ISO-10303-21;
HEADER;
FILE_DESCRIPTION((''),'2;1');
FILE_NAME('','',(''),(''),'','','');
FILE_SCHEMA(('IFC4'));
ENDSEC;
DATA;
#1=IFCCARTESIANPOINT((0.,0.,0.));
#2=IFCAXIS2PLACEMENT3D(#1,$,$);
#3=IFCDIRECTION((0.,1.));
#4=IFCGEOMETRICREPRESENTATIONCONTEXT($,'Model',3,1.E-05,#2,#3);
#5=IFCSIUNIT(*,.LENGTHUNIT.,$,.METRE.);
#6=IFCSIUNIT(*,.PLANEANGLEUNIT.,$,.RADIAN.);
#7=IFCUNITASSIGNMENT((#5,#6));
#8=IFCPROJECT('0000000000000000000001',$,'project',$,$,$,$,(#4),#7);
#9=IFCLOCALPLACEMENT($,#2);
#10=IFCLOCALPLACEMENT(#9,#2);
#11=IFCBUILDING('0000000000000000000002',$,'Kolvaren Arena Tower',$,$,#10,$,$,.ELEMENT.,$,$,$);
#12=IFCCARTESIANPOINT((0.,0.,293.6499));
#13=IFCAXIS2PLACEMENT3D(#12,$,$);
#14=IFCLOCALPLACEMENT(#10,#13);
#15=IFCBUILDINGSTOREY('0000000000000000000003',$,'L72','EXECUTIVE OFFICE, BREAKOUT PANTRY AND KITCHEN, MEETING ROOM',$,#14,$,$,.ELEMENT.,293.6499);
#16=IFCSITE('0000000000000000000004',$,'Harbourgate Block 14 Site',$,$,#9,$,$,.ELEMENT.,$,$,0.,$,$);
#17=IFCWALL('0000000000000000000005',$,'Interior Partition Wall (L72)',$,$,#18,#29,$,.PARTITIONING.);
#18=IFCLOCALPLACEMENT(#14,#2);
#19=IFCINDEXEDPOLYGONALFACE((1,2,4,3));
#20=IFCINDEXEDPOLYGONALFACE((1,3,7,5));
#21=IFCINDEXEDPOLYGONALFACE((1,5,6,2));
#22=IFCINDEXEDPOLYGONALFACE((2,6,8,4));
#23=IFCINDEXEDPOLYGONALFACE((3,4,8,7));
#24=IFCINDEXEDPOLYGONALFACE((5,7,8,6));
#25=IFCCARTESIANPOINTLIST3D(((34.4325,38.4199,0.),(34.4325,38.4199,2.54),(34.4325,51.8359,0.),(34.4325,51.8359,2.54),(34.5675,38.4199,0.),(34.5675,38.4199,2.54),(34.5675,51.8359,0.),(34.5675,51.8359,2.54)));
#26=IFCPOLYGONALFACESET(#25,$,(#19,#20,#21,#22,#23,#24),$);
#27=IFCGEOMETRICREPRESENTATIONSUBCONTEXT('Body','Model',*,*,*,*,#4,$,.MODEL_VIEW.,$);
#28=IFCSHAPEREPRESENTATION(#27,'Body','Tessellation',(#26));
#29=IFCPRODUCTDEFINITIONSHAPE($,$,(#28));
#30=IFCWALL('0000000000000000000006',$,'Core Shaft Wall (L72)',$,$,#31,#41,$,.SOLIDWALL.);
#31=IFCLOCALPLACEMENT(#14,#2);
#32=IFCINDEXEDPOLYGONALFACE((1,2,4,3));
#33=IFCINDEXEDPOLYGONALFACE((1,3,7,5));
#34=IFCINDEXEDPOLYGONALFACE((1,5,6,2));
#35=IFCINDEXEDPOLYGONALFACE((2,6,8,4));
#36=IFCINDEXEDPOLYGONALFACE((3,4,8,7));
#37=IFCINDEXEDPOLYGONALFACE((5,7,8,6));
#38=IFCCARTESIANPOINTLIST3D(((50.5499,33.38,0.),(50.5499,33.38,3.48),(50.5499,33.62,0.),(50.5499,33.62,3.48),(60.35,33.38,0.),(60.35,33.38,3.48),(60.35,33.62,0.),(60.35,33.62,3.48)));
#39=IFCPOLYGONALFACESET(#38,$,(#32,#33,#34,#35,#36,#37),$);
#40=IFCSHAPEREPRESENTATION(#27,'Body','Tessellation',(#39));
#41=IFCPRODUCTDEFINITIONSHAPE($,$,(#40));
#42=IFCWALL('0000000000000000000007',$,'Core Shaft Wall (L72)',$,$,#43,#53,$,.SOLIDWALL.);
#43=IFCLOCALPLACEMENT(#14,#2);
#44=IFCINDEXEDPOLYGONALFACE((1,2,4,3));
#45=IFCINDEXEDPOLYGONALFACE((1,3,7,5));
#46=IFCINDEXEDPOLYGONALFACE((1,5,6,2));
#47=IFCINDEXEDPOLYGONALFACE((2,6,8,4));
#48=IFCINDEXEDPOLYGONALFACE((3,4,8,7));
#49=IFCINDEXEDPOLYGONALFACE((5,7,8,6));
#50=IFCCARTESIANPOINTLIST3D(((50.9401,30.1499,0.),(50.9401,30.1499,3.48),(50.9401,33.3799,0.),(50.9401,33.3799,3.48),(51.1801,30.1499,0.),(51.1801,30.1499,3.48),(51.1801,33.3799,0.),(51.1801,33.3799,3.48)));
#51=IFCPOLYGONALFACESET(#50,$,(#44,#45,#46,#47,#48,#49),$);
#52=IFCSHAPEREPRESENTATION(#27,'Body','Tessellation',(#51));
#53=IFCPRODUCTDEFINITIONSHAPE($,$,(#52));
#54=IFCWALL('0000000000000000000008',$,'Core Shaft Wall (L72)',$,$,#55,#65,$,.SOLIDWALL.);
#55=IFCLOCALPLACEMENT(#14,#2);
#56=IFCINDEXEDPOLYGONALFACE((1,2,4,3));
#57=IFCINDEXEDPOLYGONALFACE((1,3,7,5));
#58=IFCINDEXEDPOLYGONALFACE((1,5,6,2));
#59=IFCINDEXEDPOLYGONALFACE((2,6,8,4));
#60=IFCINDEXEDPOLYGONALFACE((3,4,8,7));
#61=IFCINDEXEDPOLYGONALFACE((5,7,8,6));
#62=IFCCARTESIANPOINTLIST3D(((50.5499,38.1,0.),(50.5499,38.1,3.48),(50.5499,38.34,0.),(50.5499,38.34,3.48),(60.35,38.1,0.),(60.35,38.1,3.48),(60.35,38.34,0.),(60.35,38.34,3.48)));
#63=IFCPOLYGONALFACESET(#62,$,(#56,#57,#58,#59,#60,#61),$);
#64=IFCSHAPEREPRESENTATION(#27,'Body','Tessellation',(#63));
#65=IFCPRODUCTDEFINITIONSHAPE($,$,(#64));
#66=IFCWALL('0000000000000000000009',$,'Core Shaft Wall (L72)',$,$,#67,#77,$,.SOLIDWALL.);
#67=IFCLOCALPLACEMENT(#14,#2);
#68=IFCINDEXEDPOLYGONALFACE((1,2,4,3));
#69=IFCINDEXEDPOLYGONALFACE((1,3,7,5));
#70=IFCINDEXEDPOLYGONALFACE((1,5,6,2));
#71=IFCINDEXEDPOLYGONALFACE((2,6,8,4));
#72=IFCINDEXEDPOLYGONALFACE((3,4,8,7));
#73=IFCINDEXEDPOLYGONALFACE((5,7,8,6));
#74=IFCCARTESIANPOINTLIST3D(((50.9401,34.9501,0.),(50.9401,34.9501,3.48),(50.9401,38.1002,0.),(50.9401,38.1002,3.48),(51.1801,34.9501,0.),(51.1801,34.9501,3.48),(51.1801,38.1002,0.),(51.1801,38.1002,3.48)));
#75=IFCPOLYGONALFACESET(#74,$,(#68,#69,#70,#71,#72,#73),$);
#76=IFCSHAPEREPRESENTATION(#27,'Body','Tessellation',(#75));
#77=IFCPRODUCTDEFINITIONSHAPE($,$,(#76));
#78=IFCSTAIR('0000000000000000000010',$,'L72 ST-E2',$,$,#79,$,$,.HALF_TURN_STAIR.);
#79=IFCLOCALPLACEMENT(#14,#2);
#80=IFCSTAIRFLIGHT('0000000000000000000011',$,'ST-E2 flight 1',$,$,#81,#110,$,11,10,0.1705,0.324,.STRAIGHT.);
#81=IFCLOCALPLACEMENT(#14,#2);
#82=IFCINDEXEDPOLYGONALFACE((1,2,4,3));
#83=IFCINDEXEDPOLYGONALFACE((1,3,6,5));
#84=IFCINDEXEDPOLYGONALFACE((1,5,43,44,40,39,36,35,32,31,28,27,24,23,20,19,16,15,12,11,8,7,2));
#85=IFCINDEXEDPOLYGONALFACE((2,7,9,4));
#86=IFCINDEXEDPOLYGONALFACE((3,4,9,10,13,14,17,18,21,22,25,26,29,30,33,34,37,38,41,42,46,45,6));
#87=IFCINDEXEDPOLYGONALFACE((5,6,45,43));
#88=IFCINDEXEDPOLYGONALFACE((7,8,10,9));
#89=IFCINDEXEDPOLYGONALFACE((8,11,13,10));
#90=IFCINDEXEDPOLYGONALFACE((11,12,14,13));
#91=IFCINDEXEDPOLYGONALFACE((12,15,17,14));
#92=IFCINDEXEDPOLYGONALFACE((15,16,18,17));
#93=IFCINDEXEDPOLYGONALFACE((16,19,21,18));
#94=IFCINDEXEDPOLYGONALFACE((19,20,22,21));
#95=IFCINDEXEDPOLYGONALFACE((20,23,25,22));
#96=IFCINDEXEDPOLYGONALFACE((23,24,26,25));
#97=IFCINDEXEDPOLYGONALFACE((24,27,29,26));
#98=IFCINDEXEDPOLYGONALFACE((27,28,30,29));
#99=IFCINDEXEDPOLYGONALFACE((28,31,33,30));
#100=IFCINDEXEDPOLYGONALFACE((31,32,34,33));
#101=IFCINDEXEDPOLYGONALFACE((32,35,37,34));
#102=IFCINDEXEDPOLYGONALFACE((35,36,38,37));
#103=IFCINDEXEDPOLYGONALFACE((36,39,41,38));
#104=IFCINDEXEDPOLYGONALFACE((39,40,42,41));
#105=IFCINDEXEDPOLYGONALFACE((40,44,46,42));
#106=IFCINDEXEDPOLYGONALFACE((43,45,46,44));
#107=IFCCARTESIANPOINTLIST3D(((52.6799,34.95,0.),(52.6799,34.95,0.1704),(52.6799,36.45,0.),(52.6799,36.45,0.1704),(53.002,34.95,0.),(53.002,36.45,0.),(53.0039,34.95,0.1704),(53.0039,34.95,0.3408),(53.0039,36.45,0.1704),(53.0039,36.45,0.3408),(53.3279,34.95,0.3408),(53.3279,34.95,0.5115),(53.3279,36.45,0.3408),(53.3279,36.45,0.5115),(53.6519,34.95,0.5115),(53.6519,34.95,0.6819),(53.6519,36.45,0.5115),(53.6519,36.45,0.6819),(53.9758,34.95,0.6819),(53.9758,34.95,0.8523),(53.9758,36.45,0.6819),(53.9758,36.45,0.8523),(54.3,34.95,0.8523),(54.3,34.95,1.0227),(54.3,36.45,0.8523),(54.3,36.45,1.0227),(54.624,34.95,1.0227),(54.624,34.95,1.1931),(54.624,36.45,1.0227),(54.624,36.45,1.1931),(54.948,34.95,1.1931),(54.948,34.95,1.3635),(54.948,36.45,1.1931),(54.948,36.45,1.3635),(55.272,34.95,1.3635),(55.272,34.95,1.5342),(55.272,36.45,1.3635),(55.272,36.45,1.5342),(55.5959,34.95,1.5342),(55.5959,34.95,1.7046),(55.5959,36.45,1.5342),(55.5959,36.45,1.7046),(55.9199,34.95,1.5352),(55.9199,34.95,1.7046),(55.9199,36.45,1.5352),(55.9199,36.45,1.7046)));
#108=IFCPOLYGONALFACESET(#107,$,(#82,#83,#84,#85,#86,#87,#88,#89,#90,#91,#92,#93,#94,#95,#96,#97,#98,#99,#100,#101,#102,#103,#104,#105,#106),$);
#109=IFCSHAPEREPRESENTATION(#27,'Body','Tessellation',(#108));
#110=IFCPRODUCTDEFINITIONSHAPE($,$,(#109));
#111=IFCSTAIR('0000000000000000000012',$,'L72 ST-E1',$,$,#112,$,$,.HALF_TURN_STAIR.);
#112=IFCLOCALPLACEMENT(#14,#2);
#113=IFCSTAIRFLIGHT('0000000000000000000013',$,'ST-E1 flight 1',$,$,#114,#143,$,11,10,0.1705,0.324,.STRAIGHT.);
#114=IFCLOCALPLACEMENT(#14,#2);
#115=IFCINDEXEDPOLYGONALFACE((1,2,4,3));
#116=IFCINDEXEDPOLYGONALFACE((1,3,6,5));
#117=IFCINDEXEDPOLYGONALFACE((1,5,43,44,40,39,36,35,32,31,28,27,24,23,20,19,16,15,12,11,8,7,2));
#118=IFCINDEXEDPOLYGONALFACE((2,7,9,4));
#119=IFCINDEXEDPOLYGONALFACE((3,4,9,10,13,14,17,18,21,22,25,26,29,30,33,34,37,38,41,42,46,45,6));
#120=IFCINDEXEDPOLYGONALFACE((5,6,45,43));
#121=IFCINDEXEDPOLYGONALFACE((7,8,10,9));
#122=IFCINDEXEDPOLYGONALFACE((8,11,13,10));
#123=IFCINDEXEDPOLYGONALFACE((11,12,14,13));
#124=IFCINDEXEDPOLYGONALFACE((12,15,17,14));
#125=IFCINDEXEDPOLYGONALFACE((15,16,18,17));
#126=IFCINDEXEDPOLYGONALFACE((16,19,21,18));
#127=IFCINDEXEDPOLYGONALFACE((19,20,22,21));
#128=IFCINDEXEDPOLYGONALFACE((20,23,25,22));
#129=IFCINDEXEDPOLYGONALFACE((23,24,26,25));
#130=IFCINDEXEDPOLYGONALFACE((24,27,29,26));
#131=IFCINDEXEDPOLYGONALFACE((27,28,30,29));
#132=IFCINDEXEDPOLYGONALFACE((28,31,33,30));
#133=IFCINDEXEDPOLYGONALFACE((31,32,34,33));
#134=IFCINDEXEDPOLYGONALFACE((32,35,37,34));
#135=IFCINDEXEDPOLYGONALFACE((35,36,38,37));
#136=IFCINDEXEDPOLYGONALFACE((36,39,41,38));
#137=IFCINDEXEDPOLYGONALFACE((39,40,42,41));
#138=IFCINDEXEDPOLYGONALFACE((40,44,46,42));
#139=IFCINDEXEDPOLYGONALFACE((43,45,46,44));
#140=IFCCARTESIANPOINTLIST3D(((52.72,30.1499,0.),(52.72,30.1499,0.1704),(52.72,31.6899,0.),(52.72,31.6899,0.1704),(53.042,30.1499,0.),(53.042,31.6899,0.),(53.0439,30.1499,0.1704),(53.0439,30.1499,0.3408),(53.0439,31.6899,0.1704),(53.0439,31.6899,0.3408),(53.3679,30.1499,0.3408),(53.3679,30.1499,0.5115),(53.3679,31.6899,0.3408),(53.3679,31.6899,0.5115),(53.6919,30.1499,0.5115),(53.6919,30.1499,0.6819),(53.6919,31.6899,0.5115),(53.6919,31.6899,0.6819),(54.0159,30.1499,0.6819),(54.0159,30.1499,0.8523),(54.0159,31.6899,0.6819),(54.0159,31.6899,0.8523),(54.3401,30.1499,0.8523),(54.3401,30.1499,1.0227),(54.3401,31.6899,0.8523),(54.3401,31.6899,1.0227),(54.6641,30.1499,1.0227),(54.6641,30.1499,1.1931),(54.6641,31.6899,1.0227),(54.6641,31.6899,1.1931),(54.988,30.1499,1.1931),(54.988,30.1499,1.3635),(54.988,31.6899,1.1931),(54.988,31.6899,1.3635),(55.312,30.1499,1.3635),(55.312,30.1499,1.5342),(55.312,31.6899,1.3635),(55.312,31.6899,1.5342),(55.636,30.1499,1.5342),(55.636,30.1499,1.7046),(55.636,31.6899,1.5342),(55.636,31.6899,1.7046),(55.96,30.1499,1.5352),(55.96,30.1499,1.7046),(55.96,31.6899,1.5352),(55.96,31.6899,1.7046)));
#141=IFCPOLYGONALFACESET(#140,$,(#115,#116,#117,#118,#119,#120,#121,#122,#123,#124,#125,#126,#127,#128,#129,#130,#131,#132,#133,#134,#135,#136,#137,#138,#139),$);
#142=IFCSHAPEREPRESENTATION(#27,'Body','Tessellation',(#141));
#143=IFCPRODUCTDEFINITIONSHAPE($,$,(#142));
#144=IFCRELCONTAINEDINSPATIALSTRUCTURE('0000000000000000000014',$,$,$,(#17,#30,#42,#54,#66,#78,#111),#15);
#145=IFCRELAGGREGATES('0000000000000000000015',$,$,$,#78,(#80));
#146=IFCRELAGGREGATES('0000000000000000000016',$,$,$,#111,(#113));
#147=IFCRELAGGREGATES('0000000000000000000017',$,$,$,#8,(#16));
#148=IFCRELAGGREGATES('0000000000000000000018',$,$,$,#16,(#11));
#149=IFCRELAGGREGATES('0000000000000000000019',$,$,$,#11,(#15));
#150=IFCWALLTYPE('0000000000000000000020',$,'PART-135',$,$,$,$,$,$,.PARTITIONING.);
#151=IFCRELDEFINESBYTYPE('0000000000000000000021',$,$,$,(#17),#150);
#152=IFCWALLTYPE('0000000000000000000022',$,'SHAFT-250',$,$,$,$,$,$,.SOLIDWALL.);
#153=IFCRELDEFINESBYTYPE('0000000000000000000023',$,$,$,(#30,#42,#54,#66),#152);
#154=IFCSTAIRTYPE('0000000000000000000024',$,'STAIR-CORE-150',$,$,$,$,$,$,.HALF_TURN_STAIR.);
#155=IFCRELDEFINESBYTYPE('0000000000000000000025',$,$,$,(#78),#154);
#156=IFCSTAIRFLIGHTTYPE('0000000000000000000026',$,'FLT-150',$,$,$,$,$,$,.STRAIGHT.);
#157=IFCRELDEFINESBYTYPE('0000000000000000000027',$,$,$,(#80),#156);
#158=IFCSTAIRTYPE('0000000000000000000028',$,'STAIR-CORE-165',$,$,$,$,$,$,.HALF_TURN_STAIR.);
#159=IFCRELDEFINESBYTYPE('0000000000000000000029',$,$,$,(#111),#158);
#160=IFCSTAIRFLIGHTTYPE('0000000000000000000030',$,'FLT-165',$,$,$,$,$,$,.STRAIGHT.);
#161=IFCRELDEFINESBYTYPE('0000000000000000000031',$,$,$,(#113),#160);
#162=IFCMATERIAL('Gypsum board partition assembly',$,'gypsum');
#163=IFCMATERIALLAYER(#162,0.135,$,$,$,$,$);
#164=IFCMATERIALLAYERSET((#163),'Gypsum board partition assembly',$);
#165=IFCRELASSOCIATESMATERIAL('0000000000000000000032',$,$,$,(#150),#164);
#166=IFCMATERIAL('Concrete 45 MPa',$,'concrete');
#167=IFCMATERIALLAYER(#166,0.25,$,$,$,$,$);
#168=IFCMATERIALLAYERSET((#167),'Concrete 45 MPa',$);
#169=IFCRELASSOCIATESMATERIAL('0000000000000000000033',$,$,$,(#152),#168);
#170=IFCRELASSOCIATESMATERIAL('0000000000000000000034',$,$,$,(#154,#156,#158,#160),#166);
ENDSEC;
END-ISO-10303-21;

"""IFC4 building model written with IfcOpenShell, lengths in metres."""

from ifc_helpers import new_model, si_unit, direction, frame, frame_2d, origin, place, context, subcontext, project, spatial, polyline, rectangle, outline, extrude, material, layer, layer_set, type_object, element, aggregate, save


model = new_model("IFC4")

# Units and contexts
model_context = context("Model", 3, precision=1e-05, world=origin(), true_north=direction((0.0, 1.0)))
body_context = subcontext(model_context, "Body", "Model", "MODEL_VIEW")
ifc_project = project(units=[si_unit("LENGTHUNIT", "METRE"), si_unit("PLANEANGLEUNIT", "RADIAN")], contexts=[model_context])

# Site, building, storey
site_placement = place(None, origin())
site = spatial("IfcSite", under=ifc_project, at=site_placement, Name="Harbourgate Block 14 Site", CompositionType="ELEMENT", RefElevation=0.0)
building_placement = place(site_placement, origin())
building = spatial("IfcBuilding", under=site, at=building_placement, Name="Kolvaren Arena Tower", CompositionType="ELEMENT")
storey_placement = place(building_placement, frame((0.0, 0.0, 293.6499)))
storey = spatial("IfcBuildingStorey", under=building, at=storey_placement, Name="L72", Description="EXECUTIVE OFFICE, BREAKOUT PANTRY AND KITCHEN, MEETING ROOM", CompositionType="ELEMENT", Elevation=293.6499)

# Walls
ifc_material_1 = material(Name="Gypsum board partition assembly", Category="gypsum")
ifc_layer_1 = layer(ifc_material_1, 0.135)
ifc_layer_set_1 = layer_set([ifc_layer_1], Name="Gypsum board partition assembly")
wall_type_1 = type_object("IfcWallType", Name="PART-135", PredefinedType="PARTITIONING", material=ifc_layer_set_1)
wall_1_placement = place(storey_placement, frame((34.5, 38.4199, 0.0), z_axis=(0.0, 0.0, 1.0), x_axis=(0.0, 1.0, 0.0)))
element("IfcWall", 1, at=wall_1_placement, inside=storey, type_object=wall_type_1, Name="Interior Partition Wall (L72)", PredefinedType="PARTITIONING", context=body_context, shape_type="SweptSolid", body=[
    extrude(rectangle(XDim=13.416, YDim=0.135, at=frame_2d((6.708, 0.0))), origin(), (0.0, 0.0, 1.0), 2.54),
])
ifc_material_2 = material(Name="Concrete 45 MPa", Category="concrete")
ifc_layer_2 = layer(ifc_material_2, 0.25)
ifc_layer_set_2 = layer_set([ifc_layer_2], Name="Concrete 45 MPa")
wall_type_2 = type_object("IfcWallType", Name="SHAFT-250", PredefinedType="SOLIDWALL", material=ifc_layer_set_2)
wall_2_placement = place(storey_placement, frame((50.55, 33.5, 0.0), z_axis=(0.0, 0.0, 1.0), x_axis=(1.0, 0.0, 0.0)))
element("IfcWall", 2, at=wall_2_placement, inside=storey, type_object=wall_type_2, Name="Core Shaft Wall (L72)", PredefinedType="SOLIDWALL", context=body_context, shape_type="SweptSolid", body=[
    extrude(rectangle(XDim=9.8, YDim=0.24, at=frame_2d((4.8999, 0.0))), origin(), (0.0, 0.0, 1.0), 3.48),
])
wall_3_placement = place(storey_placement, frame((51.0601, 30.1499, 0.0), z_axis=(0.0, 0.0, 1.0), x_axis=(0.0, 1.0, 0.0)))
element("IfcWall", 3, at=wall_3_placement, inside=storey, type_object=wall_type_2, Name="Core Shaft Wall (L72)", PredefinedType="SOLIDWALL", context=body_context, shape_type="SweptSolid", body=[
    extrude(rectangle(XDim=3.23, YDim=0.24, at=frame_2d((1.615, 0.0))), origin(), (0.0, 0.0, 1.0), 3.48),
])
wall_4_placement = place(storey_placement, frame((50.55, 38.22, 0.0), z_axis=(0.0, 0.0, 1.0), x_axis=(1.0, 0.0, 0.0)))
element("IfcWall", 4, at=wall_4_placement, inside=storey, type_object=wall_type_2, Name="Core Shaft Wall (L72)", PredefinedType="SOLIDWALL", context=body_context, shape_type="SweptSolid", body=[
    extrude(rectangle(XDim=9.8, YDim=0.24, at=frame_2d((4.8999, 0.0))), origin(), (0.0, 0.0, 1.0), 3.48),
])
wall_5_placement = place(storey_placement, frame((51.0601, 34.95, 0.0), z_axis=(0.0, 0.0, 1.0), x_axis=(0.0, 1.0, 0.0)))
element("IfcWall", 5, at=wall_5_placement, inside=storey, type_object=wall_type_2, Name="Core Shaft Wall (L72)", PredefinedType="SOLIDWALL", context=body_context, shape_type="SweptSolid", body=[
    extrude(rectangle(XDim=3.1501, YDim=0.24, at=frame_2d((1.5752, 0.0))), origin(), (0.0, 0.0, 1.0), 3.48),
])

# Stairs, stair flights
stair_type_1 = type_object("IfcStairType", Name="STAIR-CORE-150", PredefinedType="HALF_TURN_STAIR", material=ifc_material_2)
stair_1_placement = place(storey_placement, origin())
stair_1 = element("IfcStair", 6, at=stair_1_placement, inside=storey, type_object=stair_type_1, Name="L72 ST-E2", PredefinedType="HALF_TURN_STAIR")
stair_flight_type_1 = type_object("IfcStairFlightType", Name="FLT-150", PredefinedType="STRAIGHT", material=ifc_material_2)
stair_flight_1_placement = place(storey_placement, frame((52.6799, 35.7, 0.0), z_axis=(0.0, 0.0, 1.0), x_axis=(1.0, 0.0, 0.0)))
stair_flight_1 = element("IfcStairFlight", 7, at=stair_flight_1_placement, type_object=stair_flight_type_1, Name="ST-E2 flight 1", NumberOfRisers=11, NumberOfTreads=10, PredefinedType="STRAIGHT", RiserHeight=0.1705, TreadLength=0.324, context=body_context, shape_type="SweptSolid", body=[
    extrude(outline(polyline([(0.0, 0.0), (0.0, 0.1704), (0.324, 0.1704), (0.324, 0.3408), (0.6479, 0.3408), (0.6479, 0.5115), (0.9719, 0.5115), (0.9719, 0.6819), (1.2959, 0.6819), (1.2959, 0.8523), (1.6201, 0.8523), (1.6201, 1.0227), (1.9441, 1.0227), (1.9441, 1.1931), (2.2681, 1.1931), (2.2681, 1.3635), (2.592, 1.3635), (2.592, 1.5342), (2.916, 1.5342), (2.916, 1.7046), (3.24, 1.7046), (3.24, 1.875), (3.24, 1.5352), (0.322, 0.0), (0.0, 0.0)])), frame((0.0, 0.75, 0.0), z_axis=(0.0, -1.0, 0.0), x_axis=(1.0, 0.0, 0.0)), (0.0, 0.0, 1.0), 1.5),
])
aggregate(stair_1, [stair_flight_1])
stair_type_2 = type_object("IfcStairType", Name="STAIR-CORE-165", PredefinedType="HALF_TURN_STAIR", material=ifc_material_2)
stair_2_placement = place(storey_placement, origin())
stair_2 = element("IfcStair", 8, at=stair_2_placement, inside=storey, type_object=stair_type_2, Name="L72 ST-E1", PredefinedType="HALF_TURN_STAIR")
stair_flight_type_2 = type_object("IfcStairFlightType", Name="FLT-165", PredefinedType="STRAIGHT", material=ifc_material_2)
stair_flight_2_placement = place(storey_placement, frame((52.72, 30.9199, 0.0), z_axis=(0.0, 0.0, 1.0), x_axis=(1.0, 0.0, 0.0)))
stair_flight_2 = element("IfcStairFlight", 9, at=stair_flight_2_placement, type_object=stair_flight_type_2, Name="ST-E1 flight 1", NumberOfRisers=11, NumberOfTreads=10, PredefinedType="STRAIGHT", RiserHeight=0.1705, TreadLength=0.324, context=body_context, shape_type="SweptSolid", body=[
    extrude(outline(polyline([(0.0, 0.0), (0.0, 0.1704), (0.324, 0.1704), (0.324, 0.3408), (0.6479, 0.3408), (0.6479, 0.5115), (0.9719, 0.5115), (0.9719, 0.6819), (1.2959, 0.6819), (1.2959, 0.8523), (1.6201, 0.8523), (1.6201, 1.0227), (1.9441, 1.0227), (1.9441, 1.1931), (2.2681, 1.1931), (2.2681, 1.3635), (2.592, 1.3635), (2.592, 1.5342), (2.916, 1.5342), (2.916, 1.7046), (3.24, 1.7046), (3.24, 1.875), (3.24, 1.5352), (0.322, 0.0), (0.0, 0.0)])), frame((0.0, 0.77, 0.0), z_axis=(0.0, -1.0, 0.0), x_axis=(1.0, 0.0, 0.0)), (0.0, 0.0, 1.0), 1.54),
])
aggregate(stair_2, [stair_flight_2])

save(model, "model.ifc")
